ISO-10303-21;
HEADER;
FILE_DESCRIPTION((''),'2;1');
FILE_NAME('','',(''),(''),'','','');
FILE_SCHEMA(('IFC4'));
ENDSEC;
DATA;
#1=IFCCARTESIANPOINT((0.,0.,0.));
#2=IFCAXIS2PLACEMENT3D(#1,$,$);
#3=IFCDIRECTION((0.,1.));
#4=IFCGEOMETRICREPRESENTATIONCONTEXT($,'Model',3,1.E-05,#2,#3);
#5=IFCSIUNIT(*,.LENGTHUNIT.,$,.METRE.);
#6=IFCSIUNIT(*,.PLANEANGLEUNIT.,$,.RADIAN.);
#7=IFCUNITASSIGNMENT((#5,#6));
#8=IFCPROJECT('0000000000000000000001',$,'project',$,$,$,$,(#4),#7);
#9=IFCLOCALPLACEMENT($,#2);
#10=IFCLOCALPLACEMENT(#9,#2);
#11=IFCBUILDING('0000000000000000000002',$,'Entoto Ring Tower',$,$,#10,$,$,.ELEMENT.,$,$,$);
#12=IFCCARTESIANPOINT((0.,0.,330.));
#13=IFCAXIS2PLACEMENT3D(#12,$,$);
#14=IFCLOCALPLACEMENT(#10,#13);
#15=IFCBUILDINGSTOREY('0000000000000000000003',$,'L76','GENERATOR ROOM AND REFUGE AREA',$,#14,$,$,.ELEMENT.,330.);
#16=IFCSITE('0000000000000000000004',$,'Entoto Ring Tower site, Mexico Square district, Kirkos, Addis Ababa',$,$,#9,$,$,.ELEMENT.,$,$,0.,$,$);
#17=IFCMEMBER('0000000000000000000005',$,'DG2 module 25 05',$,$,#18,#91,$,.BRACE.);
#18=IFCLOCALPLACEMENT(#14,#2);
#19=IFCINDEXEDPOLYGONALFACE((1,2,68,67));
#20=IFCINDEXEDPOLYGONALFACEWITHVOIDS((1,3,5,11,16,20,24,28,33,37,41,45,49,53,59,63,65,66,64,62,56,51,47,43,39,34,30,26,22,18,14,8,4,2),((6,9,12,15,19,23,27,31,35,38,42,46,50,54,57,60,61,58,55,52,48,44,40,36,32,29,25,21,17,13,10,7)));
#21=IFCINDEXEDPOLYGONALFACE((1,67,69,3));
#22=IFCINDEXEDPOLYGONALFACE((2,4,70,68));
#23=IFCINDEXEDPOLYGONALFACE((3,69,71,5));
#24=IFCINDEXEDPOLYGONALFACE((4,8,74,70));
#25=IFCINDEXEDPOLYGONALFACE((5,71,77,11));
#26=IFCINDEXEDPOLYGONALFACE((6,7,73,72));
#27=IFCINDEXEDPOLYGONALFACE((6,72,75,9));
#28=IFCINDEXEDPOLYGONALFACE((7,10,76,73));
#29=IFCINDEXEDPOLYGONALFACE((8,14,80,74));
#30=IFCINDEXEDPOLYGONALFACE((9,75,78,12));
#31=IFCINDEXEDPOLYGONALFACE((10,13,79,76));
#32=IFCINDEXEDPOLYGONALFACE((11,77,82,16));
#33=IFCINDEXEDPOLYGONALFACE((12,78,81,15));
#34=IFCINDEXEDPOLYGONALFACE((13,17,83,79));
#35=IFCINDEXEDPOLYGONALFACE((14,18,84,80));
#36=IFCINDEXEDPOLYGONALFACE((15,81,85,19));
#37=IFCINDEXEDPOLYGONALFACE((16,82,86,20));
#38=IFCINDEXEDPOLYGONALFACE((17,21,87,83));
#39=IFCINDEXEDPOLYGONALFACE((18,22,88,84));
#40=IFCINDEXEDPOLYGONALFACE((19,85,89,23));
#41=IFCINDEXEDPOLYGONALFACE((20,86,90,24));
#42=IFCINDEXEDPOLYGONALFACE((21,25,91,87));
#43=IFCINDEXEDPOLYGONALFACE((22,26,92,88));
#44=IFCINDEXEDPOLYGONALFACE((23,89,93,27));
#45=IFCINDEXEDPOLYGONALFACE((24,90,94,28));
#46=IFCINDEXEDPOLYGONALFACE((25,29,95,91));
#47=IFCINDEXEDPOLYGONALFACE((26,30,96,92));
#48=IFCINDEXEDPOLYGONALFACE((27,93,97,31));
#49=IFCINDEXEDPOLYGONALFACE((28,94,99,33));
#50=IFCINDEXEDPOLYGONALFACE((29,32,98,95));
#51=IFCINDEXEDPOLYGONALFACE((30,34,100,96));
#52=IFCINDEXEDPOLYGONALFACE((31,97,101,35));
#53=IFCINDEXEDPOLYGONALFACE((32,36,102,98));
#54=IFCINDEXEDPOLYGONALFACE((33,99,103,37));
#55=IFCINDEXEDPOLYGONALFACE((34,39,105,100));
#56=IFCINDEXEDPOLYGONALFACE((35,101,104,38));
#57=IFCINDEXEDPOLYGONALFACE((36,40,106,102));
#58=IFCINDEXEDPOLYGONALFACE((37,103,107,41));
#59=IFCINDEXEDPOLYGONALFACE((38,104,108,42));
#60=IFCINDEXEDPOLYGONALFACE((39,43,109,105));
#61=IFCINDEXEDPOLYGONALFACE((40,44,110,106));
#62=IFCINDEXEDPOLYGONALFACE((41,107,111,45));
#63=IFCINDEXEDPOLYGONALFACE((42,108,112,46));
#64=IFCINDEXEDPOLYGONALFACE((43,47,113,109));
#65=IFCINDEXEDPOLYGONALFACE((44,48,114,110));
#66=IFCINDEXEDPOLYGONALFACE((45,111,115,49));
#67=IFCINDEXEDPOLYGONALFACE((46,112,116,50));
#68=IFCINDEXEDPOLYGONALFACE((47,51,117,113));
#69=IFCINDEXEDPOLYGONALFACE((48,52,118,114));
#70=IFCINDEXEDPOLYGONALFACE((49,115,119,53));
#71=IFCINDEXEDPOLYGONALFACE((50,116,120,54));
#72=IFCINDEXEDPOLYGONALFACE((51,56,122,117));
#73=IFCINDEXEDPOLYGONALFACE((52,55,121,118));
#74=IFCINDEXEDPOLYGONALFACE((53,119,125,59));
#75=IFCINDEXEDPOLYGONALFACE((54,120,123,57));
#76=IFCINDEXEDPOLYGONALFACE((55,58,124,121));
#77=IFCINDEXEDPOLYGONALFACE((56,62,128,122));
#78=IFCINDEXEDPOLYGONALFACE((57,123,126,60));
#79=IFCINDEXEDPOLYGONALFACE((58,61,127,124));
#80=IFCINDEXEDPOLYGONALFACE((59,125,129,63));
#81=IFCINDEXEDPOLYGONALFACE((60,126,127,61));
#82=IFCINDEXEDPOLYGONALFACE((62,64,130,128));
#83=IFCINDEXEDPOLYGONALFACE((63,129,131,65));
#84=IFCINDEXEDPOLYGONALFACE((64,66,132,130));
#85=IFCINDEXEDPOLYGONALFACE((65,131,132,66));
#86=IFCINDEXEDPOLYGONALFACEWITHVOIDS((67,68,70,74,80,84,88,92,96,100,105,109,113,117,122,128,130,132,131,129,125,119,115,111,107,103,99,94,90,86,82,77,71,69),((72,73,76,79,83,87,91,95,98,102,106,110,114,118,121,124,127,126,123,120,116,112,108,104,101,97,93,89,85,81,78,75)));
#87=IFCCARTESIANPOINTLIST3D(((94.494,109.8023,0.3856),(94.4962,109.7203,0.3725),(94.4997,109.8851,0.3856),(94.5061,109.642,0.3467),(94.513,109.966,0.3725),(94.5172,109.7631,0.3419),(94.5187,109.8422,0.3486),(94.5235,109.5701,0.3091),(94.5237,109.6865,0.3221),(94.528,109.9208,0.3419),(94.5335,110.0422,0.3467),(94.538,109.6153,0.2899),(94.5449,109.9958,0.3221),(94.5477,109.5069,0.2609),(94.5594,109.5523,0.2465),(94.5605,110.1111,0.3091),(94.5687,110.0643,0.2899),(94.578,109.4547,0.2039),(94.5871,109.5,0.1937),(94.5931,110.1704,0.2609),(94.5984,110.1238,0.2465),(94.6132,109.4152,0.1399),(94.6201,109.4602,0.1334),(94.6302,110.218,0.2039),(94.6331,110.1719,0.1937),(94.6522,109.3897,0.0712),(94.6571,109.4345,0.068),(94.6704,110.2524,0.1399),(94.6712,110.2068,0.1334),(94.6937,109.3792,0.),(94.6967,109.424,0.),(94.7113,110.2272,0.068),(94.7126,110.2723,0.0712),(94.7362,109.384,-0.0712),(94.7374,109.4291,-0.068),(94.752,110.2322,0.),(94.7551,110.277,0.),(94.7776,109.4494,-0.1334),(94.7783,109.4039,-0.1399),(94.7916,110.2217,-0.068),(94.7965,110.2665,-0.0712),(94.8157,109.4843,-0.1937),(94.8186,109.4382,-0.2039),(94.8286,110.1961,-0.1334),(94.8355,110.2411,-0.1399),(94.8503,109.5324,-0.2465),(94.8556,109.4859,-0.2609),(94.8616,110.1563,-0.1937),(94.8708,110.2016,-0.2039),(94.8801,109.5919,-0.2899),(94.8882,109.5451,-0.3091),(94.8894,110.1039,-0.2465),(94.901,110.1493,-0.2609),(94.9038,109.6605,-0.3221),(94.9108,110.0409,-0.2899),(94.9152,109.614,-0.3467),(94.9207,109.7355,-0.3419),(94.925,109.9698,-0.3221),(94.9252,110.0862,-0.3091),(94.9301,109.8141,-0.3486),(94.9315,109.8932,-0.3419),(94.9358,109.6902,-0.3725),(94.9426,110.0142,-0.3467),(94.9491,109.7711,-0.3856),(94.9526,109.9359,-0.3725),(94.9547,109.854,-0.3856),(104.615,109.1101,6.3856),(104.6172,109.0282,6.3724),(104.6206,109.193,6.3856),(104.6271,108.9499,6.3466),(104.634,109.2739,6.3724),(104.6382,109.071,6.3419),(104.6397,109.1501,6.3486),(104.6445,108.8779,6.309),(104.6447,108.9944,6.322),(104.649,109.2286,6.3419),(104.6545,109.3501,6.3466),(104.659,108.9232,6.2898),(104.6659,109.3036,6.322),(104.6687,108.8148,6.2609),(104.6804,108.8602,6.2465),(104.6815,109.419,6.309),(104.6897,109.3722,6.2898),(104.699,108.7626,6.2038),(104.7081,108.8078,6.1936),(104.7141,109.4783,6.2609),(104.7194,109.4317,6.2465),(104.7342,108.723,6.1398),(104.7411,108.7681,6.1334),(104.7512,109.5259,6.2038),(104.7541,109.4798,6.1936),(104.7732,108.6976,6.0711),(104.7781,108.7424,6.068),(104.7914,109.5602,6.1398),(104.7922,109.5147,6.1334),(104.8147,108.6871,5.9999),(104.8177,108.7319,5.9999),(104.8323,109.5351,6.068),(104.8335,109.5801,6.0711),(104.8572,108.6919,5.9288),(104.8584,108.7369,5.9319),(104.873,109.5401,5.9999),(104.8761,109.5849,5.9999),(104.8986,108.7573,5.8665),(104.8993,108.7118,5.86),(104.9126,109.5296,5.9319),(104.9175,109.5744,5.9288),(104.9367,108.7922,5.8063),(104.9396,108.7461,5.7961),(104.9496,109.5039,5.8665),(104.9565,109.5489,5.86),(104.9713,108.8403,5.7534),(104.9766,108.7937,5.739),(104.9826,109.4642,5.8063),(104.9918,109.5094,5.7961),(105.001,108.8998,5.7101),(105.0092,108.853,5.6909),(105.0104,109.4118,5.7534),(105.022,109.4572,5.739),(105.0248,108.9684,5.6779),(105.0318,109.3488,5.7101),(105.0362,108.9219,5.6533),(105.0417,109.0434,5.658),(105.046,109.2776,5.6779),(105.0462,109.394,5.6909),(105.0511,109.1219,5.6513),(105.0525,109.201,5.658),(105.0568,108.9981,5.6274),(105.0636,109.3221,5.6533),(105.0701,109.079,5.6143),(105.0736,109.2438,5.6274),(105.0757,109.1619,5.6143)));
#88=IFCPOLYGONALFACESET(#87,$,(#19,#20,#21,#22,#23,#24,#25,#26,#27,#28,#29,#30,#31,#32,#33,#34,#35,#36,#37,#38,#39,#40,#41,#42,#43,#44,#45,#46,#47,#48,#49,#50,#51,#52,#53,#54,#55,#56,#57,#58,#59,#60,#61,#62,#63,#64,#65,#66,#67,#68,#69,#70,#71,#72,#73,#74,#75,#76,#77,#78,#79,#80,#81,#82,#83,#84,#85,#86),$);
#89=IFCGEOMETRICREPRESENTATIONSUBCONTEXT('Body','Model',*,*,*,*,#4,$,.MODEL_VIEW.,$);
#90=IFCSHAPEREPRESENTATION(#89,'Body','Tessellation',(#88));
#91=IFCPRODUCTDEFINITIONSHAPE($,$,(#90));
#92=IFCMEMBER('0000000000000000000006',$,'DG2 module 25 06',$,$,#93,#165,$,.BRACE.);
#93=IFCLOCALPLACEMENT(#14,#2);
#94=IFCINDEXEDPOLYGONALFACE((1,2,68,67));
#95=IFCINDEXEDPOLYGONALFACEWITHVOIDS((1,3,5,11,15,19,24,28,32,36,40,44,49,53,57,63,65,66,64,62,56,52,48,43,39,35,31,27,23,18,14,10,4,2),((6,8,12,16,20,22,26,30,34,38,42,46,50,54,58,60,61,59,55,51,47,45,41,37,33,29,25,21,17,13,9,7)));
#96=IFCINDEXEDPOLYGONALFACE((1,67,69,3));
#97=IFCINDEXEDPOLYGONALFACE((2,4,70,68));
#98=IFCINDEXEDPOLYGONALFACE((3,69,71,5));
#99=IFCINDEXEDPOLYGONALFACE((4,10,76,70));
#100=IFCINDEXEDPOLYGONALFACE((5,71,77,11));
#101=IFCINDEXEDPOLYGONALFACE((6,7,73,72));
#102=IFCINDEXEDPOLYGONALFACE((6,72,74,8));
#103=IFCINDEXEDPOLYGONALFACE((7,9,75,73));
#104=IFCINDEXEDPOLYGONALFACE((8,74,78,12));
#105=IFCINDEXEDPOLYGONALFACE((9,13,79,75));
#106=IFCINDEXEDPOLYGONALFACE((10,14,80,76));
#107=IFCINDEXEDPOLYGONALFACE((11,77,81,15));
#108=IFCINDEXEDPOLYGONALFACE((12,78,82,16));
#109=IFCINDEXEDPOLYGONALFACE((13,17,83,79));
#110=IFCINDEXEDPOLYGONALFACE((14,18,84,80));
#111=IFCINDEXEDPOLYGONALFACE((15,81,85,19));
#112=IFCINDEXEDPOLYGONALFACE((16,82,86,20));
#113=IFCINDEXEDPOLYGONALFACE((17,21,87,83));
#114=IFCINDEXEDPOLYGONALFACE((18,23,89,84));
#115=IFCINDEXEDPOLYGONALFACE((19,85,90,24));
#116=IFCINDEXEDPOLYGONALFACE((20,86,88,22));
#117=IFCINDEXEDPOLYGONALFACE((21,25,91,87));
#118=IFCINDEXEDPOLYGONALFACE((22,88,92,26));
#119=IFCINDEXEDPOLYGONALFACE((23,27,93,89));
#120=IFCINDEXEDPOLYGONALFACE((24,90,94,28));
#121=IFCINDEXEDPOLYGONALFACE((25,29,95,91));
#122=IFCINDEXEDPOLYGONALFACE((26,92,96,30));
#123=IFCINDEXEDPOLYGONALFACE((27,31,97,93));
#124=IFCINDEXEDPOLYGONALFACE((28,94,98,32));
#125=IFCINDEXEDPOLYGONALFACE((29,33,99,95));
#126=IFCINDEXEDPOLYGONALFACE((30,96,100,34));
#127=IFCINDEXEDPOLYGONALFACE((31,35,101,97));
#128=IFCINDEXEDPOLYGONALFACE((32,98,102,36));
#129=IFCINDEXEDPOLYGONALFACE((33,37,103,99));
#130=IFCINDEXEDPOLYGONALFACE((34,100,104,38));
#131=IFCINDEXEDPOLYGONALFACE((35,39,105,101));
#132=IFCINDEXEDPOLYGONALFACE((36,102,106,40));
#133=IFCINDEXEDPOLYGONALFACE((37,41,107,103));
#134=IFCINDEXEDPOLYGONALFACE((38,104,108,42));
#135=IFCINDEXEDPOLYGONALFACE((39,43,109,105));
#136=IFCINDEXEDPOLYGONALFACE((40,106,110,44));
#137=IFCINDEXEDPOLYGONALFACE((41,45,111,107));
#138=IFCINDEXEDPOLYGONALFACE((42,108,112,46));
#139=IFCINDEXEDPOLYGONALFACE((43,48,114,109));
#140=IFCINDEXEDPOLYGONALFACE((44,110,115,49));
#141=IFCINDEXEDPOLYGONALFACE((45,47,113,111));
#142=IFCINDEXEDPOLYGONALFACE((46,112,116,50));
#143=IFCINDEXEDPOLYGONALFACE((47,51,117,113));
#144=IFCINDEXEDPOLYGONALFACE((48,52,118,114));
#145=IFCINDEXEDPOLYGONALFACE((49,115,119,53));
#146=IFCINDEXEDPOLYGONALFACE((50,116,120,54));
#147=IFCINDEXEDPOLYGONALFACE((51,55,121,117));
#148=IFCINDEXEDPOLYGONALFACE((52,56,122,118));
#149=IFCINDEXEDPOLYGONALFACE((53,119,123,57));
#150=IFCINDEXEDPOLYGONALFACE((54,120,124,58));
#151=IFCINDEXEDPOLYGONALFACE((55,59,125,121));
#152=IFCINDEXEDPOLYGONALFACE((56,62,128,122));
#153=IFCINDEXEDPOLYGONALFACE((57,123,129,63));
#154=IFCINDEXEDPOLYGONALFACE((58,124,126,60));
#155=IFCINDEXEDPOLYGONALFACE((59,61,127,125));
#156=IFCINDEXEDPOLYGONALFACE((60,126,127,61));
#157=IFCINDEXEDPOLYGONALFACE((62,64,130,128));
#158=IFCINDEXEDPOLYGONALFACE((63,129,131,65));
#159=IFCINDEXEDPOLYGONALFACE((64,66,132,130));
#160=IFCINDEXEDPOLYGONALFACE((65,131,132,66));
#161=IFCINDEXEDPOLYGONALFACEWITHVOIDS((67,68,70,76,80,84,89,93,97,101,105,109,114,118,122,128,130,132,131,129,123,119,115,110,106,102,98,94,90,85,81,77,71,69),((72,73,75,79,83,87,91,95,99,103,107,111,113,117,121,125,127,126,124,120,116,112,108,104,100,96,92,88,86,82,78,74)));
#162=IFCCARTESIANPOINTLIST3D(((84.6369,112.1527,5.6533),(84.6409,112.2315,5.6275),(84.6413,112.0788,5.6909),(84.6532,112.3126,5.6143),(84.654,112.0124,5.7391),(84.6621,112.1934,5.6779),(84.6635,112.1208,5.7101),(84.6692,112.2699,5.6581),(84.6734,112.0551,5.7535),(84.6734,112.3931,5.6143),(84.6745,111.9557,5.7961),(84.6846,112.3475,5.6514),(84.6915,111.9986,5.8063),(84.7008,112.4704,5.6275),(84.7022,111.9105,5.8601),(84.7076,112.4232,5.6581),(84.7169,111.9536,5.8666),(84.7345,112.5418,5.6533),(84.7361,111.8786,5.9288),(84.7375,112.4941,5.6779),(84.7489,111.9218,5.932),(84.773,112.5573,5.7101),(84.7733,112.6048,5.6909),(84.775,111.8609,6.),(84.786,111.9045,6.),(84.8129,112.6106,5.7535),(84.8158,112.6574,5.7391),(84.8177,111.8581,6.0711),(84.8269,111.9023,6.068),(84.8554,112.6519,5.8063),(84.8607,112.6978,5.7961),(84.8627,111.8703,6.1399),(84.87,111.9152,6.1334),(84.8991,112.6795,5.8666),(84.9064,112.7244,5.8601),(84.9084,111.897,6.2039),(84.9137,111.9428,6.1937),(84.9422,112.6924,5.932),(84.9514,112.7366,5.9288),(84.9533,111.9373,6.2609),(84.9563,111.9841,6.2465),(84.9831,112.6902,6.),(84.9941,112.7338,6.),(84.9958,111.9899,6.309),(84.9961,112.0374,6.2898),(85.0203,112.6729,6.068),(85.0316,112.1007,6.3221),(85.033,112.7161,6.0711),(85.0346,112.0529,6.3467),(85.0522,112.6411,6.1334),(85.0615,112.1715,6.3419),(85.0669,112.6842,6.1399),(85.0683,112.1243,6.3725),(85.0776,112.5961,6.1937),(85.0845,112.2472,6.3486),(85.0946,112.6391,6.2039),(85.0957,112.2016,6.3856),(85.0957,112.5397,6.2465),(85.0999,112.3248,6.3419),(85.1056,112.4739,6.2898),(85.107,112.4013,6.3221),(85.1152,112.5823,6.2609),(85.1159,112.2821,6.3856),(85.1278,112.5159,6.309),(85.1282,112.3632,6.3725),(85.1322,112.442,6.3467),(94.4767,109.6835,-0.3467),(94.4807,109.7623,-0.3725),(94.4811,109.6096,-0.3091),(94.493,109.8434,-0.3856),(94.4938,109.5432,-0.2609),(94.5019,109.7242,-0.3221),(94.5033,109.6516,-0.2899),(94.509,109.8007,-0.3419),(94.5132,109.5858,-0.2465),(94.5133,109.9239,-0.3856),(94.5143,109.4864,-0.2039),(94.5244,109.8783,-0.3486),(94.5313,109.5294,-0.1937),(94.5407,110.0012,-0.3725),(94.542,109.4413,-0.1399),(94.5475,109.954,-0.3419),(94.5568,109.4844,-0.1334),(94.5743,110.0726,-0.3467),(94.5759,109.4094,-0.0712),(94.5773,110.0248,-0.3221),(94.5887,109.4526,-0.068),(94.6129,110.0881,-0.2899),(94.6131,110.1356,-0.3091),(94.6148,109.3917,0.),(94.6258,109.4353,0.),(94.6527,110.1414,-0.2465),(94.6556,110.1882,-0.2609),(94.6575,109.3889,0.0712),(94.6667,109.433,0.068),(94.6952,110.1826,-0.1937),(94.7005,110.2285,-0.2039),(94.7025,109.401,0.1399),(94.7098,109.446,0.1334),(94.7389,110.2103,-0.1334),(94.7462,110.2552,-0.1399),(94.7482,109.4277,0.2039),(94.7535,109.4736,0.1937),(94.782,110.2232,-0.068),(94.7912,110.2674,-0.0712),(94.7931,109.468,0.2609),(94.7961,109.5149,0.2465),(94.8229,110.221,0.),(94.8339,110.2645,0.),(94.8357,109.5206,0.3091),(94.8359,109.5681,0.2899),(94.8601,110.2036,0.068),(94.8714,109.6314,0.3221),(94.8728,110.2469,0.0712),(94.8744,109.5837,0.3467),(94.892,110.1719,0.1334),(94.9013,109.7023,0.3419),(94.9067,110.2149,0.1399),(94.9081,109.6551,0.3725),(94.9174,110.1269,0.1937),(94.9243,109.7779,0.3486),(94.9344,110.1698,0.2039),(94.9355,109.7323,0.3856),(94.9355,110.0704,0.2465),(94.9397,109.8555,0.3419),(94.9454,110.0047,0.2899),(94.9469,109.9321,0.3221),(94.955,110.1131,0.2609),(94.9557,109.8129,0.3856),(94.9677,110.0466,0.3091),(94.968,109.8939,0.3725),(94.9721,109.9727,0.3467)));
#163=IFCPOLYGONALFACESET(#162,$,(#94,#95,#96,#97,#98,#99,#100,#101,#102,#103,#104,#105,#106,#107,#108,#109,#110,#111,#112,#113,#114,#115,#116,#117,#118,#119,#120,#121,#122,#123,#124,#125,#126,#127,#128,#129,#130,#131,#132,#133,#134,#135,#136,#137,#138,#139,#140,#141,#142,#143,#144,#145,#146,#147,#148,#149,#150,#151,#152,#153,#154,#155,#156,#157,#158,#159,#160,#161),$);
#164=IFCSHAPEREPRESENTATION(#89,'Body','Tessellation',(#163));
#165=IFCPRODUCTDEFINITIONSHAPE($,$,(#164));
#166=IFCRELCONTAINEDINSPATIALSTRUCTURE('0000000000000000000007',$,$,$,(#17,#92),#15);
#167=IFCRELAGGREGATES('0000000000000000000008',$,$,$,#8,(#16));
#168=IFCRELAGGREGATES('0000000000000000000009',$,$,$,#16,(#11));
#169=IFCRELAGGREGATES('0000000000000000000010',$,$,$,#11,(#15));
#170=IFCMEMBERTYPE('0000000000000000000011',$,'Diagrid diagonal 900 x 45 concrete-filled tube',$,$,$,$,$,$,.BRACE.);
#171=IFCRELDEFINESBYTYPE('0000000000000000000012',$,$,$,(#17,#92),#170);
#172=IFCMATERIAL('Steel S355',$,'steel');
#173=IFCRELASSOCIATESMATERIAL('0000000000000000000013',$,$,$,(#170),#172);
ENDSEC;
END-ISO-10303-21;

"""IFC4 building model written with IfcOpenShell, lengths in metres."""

from ifc_helpers import new_model, si_unit, direction, frame, origin, origin_2d, place, context, subcontext, project, spatial, circle, hollow_circle, extrude, material, material_profile, profile_set, type_object, element, save


model = new_model("IFC4")

# Units and contexts
model_context = context("Model", 3, precision=1e-05, world=origin(), true_north=direction((0.0, 1.0)))
body_context = subcontext(model_context, "Body", "Model", "MODEL_VIEW")
ifc_project = project(units=[si_unit("LENGTHUNIT", "METRE"), si_unit("PLANEANGLEUNIT", "RADIAN")], contexts=[model_context])

# Site, building, storey
site_placement = place(None, origin())
site = spatial("IfcSite", under=ifc_project, at=site_placement, Name="Entoto Ring Tower site, Mexico Square district, Kirkos, Addis Ababa", CompositionType="ELEMENT", RefElevation=0.0)
building_placement = place(site_placement, origin())
building = spatial("IfcBuilding", under=site, at=building_placement, Name="Entoto Ring Tower", CompositionType="ELEMENT")
storey_placement = place(building_placement, frame((0.0, 0.0, 330.0)))
storey = spatial("IfcBuildingStorey", under=building, at=storey_placement, Name="L76", Description="GENERATOR ROOM AND REFUGE AREA", CompositionType="ELEMENT", Elevation=330.0)

# Members
ifc_material_1 = material(Name="Steel S355", Category="steel")
ifc_material_profile_1 = material_profile(ifc_material_1, hollow_circle(Radius=0.45, WallThickness=0.0449, at=origin_2d()), Name="CHS 900 x 45")
ifc_material_2 = material(Name="Concrete C60/75", Category="concrete")
ifc_material_profile_2 = material_profile(ifc_material_2, circle(Radius=0.405, at=origin_2d()), Name="Concrete C60/75 infill")
ifc_profile_set_1 = profile_set([ifc_material_profile_1, ifc_material_profile_2], Name="Steel S355")
member_type_1 = type_object("IfcMemberType", Name="Diagrid diagonal 900 x 45 concrete-filled tube", PredefinedType="BRACE", material=ifc_profile_set_1)
member_1_placement = place(storey_placement, frame((94.7244, 109.8281, 0.0), z_axis=(0.858721, -0.058724, 0.509068), x_axis=(0.068226, 0.99767, 0.0)))
element("IfcMember", 1, at=member_1_placement, inside=storey, type_object=member_type_1, Name="DG2 module 25 05", PredefinedType="BRACE", context=body_context, shape_type="SweptSolid", body=[
    extrude(hollow_circle(Radius=0.45, WallThickness=0.0449, at=origin_2d()), origin(), (0.0, 0.0, 1.0), 11.7861),
])
member_2_placement = place(storey_placement, frame((94.7244, 109.8281, 0.0), z_axis=(-0.834846, 0.209499, 0.50906), x_axis=(-0.243396, -0.969927, 0.0)))
element("IfcMember", 2, at=member_2_placement, inside=storey, type_object=member_type_1, Name="DG2 module 25 06", PredefinedType="BRACE", context=body_context, shape_type="SweptSolid", body=[
    extrude(hollow_circle(Radius=0.45, WallThickness=0.0449, at=origin_2d()), origin(), (0.0, 0.0, 1.0), 11.7864),
])

save(model, "model.ifc")
